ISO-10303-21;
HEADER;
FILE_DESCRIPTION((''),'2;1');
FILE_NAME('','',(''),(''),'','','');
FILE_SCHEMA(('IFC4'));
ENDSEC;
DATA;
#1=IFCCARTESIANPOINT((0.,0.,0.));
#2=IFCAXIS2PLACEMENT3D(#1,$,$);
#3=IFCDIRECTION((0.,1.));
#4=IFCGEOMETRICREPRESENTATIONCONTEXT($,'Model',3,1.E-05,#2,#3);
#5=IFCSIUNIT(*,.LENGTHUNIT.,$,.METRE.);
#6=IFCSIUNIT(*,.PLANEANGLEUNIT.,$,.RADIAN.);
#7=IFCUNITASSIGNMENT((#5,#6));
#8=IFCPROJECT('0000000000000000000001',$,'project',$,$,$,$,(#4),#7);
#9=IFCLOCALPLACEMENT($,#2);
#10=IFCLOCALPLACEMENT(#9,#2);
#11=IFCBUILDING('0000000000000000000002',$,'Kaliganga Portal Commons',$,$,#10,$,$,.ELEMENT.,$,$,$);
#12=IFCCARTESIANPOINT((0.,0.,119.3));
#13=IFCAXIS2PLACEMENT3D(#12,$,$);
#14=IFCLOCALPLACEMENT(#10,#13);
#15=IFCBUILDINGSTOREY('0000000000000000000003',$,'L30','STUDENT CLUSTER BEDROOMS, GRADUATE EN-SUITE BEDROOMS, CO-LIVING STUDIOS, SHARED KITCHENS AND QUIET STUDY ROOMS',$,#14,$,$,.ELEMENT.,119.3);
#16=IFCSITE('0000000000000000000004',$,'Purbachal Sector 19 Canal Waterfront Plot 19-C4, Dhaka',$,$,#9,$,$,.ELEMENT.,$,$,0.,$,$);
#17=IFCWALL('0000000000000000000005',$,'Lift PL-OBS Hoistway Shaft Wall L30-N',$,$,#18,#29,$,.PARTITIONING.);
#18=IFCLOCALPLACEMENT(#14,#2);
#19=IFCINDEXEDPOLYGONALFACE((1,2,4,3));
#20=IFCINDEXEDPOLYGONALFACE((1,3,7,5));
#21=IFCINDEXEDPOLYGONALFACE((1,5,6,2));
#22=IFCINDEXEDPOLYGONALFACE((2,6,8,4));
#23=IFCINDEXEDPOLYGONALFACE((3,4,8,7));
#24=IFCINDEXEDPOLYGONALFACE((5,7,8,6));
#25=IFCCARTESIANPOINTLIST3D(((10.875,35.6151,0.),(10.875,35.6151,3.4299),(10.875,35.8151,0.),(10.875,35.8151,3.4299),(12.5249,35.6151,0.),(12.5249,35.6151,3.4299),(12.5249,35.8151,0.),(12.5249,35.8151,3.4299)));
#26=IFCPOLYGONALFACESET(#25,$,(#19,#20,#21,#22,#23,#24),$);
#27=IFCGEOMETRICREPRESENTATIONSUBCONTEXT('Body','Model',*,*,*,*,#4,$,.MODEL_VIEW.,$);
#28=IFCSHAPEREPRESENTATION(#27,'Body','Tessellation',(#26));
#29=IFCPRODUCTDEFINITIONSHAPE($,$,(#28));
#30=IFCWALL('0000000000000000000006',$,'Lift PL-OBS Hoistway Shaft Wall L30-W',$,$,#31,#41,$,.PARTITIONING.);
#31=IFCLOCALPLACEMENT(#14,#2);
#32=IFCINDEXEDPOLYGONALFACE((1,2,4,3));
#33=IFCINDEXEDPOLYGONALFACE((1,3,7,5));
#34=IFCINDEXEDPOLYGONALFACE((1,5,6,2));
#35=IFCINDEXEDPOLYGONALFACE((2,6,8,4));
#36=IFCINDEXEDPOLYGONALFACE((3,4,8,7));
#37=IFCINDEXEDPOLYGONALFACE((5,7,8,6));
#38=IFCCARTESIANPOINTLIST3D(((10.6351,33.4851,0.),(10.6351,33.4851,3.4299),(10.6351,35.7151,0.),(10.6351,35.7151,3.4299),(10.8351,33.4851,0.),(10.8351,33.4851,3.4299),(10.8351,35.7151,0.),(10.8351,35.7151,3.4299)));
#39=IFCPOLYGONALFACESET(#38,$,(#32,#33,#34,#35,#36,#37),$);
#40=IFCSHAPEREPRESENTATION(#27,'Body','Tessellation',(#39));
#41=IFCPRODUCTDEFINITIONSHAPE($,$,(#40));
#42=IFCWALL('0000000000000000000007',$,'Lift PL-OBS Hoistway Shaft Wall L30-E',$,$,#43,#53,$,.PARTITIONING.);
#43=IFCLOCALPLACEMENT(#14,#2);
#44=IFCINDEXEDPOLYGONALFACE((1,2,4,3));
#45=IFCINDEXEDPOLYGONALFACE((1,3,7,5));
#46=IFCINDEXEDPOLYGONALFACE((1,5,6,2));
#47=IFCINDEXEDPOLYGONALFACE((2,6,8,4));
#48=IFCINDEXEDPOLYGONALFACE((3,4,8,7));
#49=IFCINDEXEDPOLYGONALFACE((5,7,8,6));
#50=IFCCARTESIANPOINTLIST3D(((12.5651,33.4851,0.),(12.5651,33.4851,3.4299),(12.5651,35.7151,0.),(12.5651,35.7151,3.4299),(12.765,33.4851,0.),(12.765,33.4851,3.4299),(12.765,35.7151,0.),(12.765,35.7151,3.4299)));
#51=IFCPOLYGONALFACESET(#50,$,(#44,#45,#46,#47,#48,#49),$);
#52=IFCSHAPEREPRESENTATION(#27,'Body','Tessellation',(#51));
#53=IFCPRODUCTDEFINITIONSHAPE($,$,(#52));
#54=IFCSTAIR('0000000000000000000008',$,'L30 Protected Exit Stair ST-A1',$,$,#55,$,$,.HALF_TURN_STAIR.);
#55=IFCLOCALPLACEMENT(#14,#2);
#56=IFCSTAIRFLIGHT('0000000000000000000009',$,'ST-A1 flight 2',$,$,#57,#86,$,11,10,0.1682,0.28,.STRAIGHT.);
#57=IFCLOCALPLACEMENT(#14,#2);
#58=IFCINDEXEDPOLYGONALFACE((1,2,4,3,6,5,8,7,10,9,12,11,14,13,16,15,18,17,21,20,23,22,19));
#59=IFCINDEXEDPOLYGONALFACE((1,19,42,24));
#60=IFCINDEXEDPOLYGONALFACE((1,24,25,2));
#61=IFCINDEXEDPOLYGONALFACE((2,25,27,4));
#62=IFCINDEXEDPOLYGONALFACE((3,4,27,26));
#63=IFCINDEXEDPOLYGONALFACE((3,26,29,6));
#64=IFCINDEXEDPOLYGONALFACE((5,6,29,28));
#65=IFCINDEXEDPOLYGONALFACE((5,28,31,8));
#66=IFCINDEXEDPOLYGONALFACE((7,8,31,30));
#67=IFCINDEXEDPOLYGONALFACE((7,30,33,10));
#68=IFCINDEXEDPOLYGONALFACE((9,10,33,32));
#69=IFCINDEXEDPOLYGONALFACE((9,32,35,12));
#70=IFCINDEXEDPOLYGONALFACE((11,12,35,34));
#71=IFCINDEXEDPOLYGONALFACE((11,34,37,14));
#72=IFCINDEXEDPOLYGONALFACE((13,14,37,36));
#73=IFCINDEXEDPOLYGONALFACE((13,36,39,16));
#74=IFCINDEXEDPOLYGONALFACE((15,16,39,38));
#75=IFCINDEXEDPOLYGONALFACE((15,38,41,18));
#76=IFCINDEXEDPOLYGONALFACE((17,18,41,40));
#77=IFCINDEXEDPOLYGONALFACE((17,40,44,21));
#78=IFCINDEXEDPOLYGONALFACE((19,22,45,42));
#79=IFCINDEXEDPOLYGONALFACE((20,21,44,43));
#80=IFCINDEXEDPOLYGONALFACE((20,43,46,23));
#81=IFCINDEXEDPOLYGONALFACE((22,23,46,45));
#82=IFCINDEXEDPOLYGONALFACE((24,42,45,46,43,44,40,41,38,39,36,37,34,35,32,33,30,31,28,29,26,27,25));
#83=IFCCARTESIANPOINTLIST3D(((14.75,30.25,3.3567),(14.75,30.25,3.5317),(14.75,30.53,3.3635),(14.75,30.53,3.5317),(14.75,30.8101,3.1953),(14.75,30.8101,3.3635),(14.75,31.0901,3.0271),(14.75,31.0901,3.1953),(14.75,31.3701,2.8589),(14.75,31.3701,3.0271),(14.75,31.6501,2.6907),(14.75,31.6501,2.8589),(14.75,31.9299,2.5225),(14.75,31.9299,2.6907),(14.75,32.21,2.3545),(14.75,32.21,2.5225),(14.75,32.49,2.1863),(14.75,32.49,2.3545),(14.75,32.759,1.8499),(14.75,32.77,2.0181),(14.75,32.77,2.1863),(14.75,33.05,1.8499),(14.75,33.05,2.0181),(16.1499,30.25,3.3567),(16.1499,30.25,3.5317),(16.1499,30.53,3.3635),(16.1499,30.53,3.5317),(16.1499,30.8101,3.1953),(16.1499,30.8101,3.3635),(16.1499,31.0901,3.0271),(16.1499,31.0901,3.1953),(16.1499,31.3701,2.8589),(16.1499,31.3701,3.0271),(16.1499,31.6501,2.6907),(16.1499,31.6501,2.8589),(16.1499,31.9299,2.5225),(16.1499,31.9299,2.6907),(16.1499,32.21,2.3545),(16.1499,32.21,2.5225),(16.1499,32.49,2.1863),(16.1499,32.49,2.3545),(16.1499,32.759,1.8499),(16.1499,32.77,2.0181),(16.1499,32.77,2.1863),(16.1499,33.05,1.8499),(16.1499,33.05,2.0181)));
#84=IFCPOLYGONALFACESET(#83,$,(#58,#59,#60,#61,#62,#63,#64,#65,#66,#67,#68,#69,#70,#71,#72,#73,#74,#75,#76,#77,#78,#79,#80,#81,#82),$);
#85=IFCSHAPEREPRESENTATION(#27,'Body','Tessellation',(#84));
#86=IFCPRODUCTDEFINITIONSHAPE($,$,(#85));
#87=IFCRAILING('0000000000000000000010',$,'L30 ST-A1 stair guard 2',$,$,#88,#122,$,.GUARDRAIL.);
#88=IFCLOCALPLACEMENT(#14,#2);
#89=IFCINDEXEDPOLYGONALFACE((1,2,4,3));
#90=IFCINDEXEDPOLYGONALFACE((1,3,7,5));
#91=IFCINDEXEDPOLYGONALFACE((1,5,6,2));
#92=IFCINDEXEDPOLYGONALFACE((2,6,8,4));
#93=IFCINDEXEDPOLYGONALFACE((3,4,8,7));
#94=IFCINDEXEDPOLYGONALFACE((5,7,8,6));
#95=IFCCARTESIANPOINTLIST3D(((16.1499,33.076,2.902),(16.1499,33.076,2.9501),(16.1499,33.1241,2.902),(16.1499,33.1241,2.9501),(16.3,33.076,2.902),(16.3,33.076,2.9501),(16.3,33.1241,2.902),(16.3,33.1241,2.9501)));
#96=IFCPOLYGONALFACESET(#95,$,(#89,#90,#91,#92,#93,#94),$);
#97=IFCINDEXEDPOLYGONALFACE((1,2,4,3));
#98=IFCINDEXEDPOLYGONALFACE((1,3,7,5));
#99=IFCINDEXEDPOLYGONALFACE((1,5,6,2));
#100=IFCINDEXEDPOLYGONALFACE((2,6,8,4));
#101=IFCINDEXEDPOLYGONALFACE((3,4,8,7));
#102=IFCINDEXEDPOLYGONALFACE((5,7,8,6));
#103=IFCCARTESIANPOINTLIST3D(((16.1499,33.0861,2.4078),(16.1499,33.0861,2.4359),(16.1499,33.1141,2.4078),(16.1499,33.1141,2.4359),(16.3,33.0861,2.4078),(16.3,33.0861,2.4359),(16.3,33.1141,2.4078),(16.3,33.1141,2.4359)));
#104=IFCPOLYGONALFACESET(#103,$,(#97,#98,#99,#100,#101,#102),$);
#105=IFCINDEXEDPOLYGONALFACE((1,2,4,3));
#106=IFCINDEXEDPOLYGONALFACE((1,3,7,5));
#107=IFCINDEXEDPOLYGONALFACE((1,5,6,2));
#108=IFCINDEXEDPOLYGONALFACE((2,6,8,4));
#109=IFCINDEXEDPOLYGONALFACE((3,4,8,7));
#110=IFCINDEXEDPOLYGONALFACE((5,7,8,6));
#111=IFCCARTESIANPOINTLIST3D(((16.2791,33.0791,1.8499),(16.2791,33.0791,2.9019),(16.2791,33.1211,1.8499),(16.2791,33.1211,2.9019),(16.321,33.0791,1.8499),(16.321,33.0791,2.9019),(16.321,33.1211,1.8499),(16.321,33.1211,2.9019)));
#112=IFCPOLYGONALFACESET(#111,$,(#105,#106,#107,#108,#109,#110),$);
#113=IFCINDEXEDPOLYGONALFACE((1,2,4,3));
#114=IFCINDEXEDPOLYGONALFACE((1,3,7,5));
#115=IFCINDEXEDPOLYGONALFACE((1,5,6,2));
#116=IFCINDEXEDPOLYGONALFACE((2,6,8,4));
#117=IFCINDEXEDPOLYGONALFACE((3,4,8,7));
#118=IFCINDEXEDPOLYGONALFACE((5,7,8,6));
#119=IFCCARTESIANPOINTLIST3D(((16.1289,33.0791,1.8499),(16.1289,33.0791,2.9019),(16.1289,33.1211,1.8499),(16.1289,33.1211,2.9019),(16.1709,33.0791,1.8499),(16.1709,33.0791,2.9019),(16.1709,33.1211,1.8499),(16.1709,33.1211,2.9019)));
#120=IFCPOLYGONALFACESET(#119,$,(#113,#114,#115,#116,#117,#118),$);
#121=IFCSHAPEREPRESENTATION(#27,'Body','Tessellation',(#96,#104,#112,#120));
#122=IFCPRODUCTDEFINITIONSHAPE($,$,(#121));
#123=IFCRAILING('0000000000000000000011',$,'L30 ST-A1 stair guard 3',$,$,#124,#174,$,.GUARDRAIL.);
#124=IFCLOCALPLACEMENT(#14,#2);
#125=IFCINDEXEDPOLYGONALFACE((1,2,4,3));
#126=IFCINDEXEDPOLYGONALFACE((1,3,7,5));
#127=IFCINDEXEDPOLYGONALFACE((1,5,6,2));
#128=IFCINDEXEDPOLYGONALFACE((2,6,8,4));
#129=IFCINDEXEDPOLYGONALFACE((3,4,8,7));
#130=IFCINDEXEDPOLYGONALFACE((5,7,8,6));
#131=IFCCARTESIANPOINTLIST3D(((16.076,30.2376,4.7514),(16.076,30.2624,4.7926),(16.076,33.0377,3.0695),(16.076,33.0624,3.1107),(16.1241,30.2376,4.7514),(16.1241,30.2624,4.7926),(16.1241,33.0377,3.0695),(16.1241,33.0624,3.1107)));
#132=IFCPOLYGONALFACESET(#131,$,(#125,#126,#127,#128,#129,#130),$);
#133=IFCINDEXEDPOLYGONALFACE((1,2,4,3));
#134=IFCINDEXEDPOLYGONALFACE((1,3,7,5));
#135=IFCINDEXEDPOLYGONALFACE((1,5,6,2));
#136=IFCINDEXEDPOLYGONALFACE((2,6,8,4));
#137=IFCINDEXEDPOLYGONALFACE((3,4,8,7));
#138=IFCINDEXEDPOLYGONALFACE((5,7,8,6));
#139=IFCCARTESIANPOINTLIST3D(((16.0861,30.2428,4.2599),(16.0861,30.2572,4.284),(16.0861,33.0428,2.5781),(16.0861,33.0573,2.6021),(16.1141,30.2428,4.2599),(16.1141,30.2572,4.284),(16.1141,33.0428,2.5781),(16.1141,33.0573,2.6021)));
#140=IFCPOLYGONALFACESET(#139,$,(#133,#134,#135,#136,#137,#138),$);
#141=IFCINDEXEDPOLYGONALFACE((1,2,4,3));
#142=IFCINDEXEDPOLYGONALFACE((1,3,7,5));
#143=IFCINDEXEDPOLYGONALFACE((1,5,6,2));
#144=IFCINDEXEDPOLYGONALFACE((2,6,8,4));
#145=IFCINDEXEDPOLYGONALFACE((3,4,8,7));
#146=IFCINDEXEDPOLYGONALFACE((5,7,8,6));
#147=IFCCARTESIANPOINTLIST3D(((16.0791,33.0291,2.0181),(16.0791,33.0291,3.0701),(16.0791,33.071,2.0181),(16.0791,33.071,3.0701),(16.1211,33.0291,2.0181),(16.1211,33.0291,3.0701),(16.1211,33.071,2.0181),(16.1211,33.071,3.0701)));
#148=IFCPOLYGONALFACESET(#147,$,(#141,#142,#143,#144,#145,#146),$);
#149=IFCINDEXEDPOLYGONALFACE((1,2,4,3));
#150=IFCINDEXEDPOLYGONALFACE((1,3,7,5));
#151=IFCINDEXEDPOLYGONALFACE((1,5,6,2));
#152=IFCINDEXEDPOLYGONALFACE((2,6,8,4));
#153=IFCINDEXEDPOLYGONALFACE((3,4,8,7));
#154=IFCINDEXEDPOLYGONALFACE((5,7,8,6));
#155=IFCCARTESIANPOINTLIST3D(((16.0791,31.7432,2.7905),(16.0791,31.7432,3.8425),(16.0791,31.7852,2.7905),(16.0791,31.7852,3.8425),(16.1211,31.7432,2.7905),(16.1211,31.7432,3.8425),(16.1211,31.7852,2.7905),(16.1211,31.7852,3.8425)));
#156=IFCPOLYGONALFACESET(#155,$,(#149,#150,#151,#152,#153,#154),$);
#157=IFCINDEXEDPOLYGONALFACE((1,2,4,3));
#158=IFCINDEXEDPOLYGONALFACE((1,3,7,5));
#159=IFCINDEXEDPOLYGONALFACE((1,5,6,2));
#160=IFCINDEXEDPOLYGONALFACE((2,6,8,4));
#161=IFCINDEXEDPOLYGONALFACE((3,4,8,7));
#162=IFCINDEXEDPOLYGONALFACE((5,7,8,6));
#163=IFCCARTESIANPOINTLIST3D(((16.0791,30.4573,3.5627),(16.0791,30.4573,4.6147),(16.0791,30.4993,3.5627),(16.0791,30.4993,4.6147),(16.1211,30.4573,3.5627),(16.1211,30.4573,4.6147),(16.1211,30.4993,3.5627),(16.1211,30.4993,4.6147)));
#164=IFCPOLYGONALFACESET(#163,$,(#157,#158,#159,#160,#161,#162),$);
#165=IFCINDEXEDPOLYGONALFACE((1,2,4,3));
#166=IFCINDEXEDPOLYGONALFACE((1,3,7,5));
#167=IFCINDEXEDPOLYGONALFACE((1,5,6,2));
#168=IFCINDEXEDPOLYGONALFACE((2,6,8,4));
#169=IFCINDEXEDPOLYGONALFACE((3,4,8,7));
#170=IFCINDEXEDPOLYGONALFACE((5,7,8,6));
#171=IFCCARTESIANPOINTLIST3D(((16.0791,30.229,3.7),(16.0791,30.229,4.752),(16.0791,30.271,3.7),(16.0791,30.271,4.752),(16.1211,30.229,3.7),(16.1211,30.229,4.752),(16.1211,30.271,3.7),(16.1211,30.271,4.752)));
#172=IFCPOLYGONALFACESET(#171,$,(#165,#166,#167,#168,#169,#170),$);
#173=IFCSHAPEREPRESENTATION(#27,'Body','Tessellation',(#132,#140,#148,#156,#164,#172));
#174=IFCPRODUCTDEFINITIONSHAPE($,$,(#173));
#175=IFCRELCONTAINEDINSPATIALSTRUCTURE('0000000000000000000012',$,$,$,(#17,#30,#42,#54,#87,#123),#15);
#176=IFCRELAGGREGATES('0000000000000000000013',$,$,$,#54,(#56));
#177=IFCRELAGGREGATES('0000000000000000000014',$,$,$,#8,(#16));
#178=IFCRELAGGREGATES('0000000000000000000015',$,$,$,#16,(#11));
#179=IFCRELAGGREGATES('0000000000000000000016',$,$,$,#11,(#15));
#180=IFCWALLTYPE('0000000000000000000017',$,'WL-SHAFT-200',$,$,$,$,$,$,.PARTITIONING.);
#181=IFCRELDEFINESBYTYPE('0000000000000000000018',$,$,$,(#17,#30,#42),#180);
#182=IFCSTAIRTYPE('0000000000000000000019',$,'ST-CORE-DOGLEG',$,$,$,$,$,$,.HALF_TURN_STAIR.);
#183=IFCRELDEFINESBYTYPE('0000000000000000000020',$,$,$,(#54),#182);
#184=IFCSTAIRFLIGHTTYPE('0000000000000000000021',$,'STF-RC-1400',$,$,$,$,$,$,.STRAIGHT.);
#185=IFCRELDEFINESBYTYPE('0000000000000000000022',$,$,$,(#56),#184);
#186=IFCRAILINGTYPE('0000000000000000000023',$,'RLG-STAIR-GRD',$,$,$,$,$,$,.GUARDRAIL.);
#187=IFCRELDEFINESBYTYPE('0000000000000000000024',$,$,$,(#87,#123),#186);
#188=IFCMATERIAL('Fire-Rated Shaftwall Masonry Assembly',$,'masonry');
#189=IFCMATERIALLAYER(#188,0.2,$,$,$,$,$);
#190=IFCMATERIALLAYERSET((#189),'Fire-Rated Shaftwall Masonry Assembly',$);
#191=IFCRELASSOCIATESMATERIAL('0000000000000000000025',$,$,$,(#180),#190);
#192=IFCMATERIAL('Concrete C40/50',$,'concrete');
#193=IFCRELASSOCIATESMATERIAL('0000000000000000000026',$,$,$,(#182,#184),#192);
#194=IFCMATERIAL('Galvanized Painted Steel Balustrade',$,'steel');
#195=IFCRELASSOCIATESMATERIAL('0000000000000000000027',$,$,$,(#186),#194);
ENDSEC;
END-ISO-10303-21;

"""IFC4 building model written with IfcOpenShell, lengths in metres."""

from ifc_helpers import new_model, si_unit, direction, frame, frame_2d, origin, origin_2d, place, context, subcontext, project, spatial, polyline, rectangle, outline, extrude, material, layer, layer_set, type_object, element, aggregate, save


model = new_model("IFC4")

# Units and contexts
model_context = context("Model", 3, precision=1e-05, world=origin(), true_north=direction((0.0, 1.0)))
body_context = subcontext(model_context, "Body", "Model", "MODEL_VIEW")
ifc_project = project(units=[si_unit("LENGTHUNIT", "METRE"), si_unit("PLANEANGLEUNIT", "RADIAN")], contexts=[model_context])

# Site, building, storey
site_placement = place(None, origin())
site = spatial("IfcSite", under=ifc_project, at=site_placement, Name="Purbachal Sector 19 Canal Waterfront Plot 19-C4, Dhaka", CompositionType="ELEMENT", RefElevation=0.0)
building_placement = place(site_placement, origin())
building = spatial("IfcBuilding", under=site, at=building_placement, Name="Kaliganga Portal Commons", CompositionType="ELEMENT")
storey_placement = place(building_placement, frame((0.0, 0.0, 119.3)))
storey = spatial("IfcBuildingStorey", under=building, at=storey_placement, Name="L30", Description="STUDENT CLUSTER BEDROOMS, GRADUATE EN-SUITE BEDROOMS, CO-LIVING STUDIOS, SHARED KITCHENS AND QUIET STUDY ROOMS", CompositionType="ELEMENT", Elevation=119.3)

# Shared definitions
ifc_material_1 = material(Name="Fire-Rated Shaftwall Masonry Assembly", Category="masonry")
ifc_layer_1 = layer(ifc_material_1, 0.2)
ifc_layer_set_1 = layer_set([ifc_layer_1], Name="Fire-Rated Shaftwall Masonry Assembly")
wall_type_1 = type_object("IfcWallType", Name="WL-SHAFT-200", PredefinedType="PARTITIONING", material=ifc_layer_set_1)

# Walls
wall_1_placement = place(storey_placement, frame((10.875, 35.7151, 0.0), z_axis=(0.0, 0.0, 1.0), x_axis=(1.0, 0.0, 0.0)))
element("IfcWall", 1, at=wall_1_placement, inside=storey, type_object=wall_type_1, Name="Lift PL-OBS Hoistway Shaft Wall L30-N", PredefinedType="PARTITIONING", context=body_context, shape_type="SweptSolid", body=[
    extrude(rectangle(XDim=1.6499, YDim=0.2, at=frame_2d((0.825, 0.0))), origin(), (0.0, 0.0, 1.0), 3.4299),
])
for number, where, z_axis, x_axis, name in (
    (2, (10.7351, 33.4851, 0.0), (0.0, 0.0, 1.0), (0.0, 1.0, 0.0), "Lift PL-OBS Hoistway Shaft Wall L30-W"),
    (3, (12.665, 33.4851, 0.0), (0.0, 0.0, 1.0), (0.0, 1.0, 0.0), "Lift PL-OBS Hoistway Shaft Wall L30-E"),
):
    element("IfcWall", number, at=place(storey_placement, frame(where, z_axis=z_axis, x_axis=x_axis)), inside=storey, type_object=wall_type_1, Name=name, PredefinedType="PARTITIONING", context=body_context, shape_type="SweptSolid", body=[
        extrude(rectangle(XDim=2.23, YDim=0.2, at=frame_2d((1.115, 0.0))), origin(), (0.0, 0.0, 1.0), 3.4299),
    ])

# Stair, stair flight
ifc_material_2 = material(Name="Concrete C40/50", Category="concrete")
stair_type = type_object("IfcStairType", Name="ST-CORE-DOGLEG", PredefinedType="HALF_TURN_STAIR", material=ifc_material_2)
stair_placement = place(storey_placement, origin())
stair = element("IfcStair", 4, at=stair_placement, inside=storey, type_object=stair_type, Name="L30 Protected Exit Stair ST-A1", PredefinedType="HALF_TURN_STAIR")
stair_flight_type = type_object("IfcStairFlightType", Name="STF-RC-1400", PredefinedType="STRAIGHT", material=ifc_material_2)
stair_flight_placement = place(storey_placement, frame((15.45, 33.05, 1.8499), z_axis=(0.0, 0.0, 1.0), x_axis=(0.0, -1.0, 0.0)))
stair_flight = element("IfcStairFlight", 5, at=stair_flight_placement, type_object=stair_flight_type, Name="ST-A1 flight 2", NumberOfRisers=11, NumberOfTreads=10, PredefinedType="STRAIGHT", RiserHeight=0.1682, TreadLength=0.28, context=body_context, shape_type="SweptSolid", body=[
    extrude(outline(polyline([(0.0, 0.0), (0.0, 0.1682), (0.28, 0.1682), (0.28, 0.3364), (0.5601, 0.3364), (0.5601, 0.5046), (0.8401, 0.5046), (0.8401, 0.6726), (1.1201, 0.6726), (1.1201, 0.8408), (1.3999, 0.8408), (1.3999, 1.009), (1.6799, 1.009), (1.6799, 1.1772), (1.96, 1.1772), (1.96, 1.3455), (2.24, 1.3455), (2.24, 1.5137), (2.52, 1.5137), (2.52, 1.6819), (2.8, 1.6819), (2.8, 1.8501), (2.8, 1.5068), (0.291, 0.0), (0.0, 0.0)])), frame((0.0, 0.7, 0.0), z_axis=(0.0, -1.0, 0.0), x_axis=(1.0, 0.0, 0.0)), (0.0, 0.0, 1.0), 1.3999),
])
aggregate(stair, [stair_flight])

# Railings
ifc_material_3 = material(Name="Galvanized Painted Steel Balustrade", Category="steel")
railing_type_1 = type_object("IfcRailingType", Name="RLG-STAIR-GRD", PredefinedType="GUARDRAIL", material=ifc_material_3)
railing_1_placement = place(storey_placement, frame((16.3, 33.1001, 1.8499)))
element("IfcRailing", 6, at=railing_1_placement, inside=storey, type_object=railing_type_1, Name="L30 ST-A1 stair guard 2", PredefinedType="GUARDRAIL", context=body_context, shape_type="SweptSolid", body=[
    extrude(rectangle(XDim=0.0481, YDim=0.0481, at=origin_2d()), frame((0.0, 0.0, 1.0762), z_axis=(-1.0, 0.0, 0.0), x_axis=(0.0, -1.0, 0.0)), (0.0, 0.0, 1.0), 0.1501),
    extrude(rectangle(XDim=0.0281, YDim=0.0281, at=origin_2d()), frame((0.0, 0.0, 0.572), z_axis=(-1.0, 0.0, 0.0), x_axis=(0.0, -1.0, 0.0)), (0.0, 0.0, 1.0), 0.1501),
    extrude(rectangle(XDim=0.042, YDim=0.042, at=origin_2d()), origin(), (0.0, 0.0, 1.0), 1.052),
    extrude(rectangle(XDim=0.042, YDim=0.042, at=origin_2d()), frame((-0.1501, 0.0, 0.0)), (0.0, 0.0, 1.0), 1.052),
])
railing_2_placement = place(storey_placement, frame((16.1001, 33.05, 2.0181)))
element("IfcRailing", 7, at=railing_2_placement, inside=storey, type_object=railing_type_1, Name="L30 ST-A1 stair guard 3", PredefinedType="GUARDRAIL", context=body_context, shape_type="SweptSolid", body=[
    extrude(rectangle(XDim=0.0481, YDim=0.0481, at=origin_2d()), frame((0.0, 0.0, 1.072), z_axis=(0.0, -0.857242, 0.514913), x_axis=(1.0, 0.0, 0.0)), (0.0, 0.0, 1.0), 3.2664),
    extrude(rectangle(XDim=0.0281, YDim=0.0281, at=origin_2d()), frame((0.0, 0.0, 0.572), z_axis=(0.0, -0.857242, 0.514913), x_axis=(1.0, 0.0, 0.0)), (0.0, 0.0, 1.0), 3.2664),
    extrude(rectangle(XDim=0.042, YDim=0.042, at=origin_2d()), origin(), (0.0, 0.0, 1.0), 1.052),
    extrude(rectangle(XDim=0.042, YDim=0.042, at=origin_2d()), frame((0.0, -1.2859, 0.7725)), (0.0, 0.0, 1.0), 1.052),
    extrude(rectangle(XDim=0.042, YDim=0.042, at=origin_2d()), frame((0.0, -2.5718, 1.5447)), (0.0, 0.0, 1.0), 1.052),
    extrude(rectangle(XDim=0.042, YDim=0.042, at=origin_2d()), frame((0.0, -2.8, 1.6819)), (0.0, 0.0, 1.0), 1.052),
])

save(model, "model.ifc")
